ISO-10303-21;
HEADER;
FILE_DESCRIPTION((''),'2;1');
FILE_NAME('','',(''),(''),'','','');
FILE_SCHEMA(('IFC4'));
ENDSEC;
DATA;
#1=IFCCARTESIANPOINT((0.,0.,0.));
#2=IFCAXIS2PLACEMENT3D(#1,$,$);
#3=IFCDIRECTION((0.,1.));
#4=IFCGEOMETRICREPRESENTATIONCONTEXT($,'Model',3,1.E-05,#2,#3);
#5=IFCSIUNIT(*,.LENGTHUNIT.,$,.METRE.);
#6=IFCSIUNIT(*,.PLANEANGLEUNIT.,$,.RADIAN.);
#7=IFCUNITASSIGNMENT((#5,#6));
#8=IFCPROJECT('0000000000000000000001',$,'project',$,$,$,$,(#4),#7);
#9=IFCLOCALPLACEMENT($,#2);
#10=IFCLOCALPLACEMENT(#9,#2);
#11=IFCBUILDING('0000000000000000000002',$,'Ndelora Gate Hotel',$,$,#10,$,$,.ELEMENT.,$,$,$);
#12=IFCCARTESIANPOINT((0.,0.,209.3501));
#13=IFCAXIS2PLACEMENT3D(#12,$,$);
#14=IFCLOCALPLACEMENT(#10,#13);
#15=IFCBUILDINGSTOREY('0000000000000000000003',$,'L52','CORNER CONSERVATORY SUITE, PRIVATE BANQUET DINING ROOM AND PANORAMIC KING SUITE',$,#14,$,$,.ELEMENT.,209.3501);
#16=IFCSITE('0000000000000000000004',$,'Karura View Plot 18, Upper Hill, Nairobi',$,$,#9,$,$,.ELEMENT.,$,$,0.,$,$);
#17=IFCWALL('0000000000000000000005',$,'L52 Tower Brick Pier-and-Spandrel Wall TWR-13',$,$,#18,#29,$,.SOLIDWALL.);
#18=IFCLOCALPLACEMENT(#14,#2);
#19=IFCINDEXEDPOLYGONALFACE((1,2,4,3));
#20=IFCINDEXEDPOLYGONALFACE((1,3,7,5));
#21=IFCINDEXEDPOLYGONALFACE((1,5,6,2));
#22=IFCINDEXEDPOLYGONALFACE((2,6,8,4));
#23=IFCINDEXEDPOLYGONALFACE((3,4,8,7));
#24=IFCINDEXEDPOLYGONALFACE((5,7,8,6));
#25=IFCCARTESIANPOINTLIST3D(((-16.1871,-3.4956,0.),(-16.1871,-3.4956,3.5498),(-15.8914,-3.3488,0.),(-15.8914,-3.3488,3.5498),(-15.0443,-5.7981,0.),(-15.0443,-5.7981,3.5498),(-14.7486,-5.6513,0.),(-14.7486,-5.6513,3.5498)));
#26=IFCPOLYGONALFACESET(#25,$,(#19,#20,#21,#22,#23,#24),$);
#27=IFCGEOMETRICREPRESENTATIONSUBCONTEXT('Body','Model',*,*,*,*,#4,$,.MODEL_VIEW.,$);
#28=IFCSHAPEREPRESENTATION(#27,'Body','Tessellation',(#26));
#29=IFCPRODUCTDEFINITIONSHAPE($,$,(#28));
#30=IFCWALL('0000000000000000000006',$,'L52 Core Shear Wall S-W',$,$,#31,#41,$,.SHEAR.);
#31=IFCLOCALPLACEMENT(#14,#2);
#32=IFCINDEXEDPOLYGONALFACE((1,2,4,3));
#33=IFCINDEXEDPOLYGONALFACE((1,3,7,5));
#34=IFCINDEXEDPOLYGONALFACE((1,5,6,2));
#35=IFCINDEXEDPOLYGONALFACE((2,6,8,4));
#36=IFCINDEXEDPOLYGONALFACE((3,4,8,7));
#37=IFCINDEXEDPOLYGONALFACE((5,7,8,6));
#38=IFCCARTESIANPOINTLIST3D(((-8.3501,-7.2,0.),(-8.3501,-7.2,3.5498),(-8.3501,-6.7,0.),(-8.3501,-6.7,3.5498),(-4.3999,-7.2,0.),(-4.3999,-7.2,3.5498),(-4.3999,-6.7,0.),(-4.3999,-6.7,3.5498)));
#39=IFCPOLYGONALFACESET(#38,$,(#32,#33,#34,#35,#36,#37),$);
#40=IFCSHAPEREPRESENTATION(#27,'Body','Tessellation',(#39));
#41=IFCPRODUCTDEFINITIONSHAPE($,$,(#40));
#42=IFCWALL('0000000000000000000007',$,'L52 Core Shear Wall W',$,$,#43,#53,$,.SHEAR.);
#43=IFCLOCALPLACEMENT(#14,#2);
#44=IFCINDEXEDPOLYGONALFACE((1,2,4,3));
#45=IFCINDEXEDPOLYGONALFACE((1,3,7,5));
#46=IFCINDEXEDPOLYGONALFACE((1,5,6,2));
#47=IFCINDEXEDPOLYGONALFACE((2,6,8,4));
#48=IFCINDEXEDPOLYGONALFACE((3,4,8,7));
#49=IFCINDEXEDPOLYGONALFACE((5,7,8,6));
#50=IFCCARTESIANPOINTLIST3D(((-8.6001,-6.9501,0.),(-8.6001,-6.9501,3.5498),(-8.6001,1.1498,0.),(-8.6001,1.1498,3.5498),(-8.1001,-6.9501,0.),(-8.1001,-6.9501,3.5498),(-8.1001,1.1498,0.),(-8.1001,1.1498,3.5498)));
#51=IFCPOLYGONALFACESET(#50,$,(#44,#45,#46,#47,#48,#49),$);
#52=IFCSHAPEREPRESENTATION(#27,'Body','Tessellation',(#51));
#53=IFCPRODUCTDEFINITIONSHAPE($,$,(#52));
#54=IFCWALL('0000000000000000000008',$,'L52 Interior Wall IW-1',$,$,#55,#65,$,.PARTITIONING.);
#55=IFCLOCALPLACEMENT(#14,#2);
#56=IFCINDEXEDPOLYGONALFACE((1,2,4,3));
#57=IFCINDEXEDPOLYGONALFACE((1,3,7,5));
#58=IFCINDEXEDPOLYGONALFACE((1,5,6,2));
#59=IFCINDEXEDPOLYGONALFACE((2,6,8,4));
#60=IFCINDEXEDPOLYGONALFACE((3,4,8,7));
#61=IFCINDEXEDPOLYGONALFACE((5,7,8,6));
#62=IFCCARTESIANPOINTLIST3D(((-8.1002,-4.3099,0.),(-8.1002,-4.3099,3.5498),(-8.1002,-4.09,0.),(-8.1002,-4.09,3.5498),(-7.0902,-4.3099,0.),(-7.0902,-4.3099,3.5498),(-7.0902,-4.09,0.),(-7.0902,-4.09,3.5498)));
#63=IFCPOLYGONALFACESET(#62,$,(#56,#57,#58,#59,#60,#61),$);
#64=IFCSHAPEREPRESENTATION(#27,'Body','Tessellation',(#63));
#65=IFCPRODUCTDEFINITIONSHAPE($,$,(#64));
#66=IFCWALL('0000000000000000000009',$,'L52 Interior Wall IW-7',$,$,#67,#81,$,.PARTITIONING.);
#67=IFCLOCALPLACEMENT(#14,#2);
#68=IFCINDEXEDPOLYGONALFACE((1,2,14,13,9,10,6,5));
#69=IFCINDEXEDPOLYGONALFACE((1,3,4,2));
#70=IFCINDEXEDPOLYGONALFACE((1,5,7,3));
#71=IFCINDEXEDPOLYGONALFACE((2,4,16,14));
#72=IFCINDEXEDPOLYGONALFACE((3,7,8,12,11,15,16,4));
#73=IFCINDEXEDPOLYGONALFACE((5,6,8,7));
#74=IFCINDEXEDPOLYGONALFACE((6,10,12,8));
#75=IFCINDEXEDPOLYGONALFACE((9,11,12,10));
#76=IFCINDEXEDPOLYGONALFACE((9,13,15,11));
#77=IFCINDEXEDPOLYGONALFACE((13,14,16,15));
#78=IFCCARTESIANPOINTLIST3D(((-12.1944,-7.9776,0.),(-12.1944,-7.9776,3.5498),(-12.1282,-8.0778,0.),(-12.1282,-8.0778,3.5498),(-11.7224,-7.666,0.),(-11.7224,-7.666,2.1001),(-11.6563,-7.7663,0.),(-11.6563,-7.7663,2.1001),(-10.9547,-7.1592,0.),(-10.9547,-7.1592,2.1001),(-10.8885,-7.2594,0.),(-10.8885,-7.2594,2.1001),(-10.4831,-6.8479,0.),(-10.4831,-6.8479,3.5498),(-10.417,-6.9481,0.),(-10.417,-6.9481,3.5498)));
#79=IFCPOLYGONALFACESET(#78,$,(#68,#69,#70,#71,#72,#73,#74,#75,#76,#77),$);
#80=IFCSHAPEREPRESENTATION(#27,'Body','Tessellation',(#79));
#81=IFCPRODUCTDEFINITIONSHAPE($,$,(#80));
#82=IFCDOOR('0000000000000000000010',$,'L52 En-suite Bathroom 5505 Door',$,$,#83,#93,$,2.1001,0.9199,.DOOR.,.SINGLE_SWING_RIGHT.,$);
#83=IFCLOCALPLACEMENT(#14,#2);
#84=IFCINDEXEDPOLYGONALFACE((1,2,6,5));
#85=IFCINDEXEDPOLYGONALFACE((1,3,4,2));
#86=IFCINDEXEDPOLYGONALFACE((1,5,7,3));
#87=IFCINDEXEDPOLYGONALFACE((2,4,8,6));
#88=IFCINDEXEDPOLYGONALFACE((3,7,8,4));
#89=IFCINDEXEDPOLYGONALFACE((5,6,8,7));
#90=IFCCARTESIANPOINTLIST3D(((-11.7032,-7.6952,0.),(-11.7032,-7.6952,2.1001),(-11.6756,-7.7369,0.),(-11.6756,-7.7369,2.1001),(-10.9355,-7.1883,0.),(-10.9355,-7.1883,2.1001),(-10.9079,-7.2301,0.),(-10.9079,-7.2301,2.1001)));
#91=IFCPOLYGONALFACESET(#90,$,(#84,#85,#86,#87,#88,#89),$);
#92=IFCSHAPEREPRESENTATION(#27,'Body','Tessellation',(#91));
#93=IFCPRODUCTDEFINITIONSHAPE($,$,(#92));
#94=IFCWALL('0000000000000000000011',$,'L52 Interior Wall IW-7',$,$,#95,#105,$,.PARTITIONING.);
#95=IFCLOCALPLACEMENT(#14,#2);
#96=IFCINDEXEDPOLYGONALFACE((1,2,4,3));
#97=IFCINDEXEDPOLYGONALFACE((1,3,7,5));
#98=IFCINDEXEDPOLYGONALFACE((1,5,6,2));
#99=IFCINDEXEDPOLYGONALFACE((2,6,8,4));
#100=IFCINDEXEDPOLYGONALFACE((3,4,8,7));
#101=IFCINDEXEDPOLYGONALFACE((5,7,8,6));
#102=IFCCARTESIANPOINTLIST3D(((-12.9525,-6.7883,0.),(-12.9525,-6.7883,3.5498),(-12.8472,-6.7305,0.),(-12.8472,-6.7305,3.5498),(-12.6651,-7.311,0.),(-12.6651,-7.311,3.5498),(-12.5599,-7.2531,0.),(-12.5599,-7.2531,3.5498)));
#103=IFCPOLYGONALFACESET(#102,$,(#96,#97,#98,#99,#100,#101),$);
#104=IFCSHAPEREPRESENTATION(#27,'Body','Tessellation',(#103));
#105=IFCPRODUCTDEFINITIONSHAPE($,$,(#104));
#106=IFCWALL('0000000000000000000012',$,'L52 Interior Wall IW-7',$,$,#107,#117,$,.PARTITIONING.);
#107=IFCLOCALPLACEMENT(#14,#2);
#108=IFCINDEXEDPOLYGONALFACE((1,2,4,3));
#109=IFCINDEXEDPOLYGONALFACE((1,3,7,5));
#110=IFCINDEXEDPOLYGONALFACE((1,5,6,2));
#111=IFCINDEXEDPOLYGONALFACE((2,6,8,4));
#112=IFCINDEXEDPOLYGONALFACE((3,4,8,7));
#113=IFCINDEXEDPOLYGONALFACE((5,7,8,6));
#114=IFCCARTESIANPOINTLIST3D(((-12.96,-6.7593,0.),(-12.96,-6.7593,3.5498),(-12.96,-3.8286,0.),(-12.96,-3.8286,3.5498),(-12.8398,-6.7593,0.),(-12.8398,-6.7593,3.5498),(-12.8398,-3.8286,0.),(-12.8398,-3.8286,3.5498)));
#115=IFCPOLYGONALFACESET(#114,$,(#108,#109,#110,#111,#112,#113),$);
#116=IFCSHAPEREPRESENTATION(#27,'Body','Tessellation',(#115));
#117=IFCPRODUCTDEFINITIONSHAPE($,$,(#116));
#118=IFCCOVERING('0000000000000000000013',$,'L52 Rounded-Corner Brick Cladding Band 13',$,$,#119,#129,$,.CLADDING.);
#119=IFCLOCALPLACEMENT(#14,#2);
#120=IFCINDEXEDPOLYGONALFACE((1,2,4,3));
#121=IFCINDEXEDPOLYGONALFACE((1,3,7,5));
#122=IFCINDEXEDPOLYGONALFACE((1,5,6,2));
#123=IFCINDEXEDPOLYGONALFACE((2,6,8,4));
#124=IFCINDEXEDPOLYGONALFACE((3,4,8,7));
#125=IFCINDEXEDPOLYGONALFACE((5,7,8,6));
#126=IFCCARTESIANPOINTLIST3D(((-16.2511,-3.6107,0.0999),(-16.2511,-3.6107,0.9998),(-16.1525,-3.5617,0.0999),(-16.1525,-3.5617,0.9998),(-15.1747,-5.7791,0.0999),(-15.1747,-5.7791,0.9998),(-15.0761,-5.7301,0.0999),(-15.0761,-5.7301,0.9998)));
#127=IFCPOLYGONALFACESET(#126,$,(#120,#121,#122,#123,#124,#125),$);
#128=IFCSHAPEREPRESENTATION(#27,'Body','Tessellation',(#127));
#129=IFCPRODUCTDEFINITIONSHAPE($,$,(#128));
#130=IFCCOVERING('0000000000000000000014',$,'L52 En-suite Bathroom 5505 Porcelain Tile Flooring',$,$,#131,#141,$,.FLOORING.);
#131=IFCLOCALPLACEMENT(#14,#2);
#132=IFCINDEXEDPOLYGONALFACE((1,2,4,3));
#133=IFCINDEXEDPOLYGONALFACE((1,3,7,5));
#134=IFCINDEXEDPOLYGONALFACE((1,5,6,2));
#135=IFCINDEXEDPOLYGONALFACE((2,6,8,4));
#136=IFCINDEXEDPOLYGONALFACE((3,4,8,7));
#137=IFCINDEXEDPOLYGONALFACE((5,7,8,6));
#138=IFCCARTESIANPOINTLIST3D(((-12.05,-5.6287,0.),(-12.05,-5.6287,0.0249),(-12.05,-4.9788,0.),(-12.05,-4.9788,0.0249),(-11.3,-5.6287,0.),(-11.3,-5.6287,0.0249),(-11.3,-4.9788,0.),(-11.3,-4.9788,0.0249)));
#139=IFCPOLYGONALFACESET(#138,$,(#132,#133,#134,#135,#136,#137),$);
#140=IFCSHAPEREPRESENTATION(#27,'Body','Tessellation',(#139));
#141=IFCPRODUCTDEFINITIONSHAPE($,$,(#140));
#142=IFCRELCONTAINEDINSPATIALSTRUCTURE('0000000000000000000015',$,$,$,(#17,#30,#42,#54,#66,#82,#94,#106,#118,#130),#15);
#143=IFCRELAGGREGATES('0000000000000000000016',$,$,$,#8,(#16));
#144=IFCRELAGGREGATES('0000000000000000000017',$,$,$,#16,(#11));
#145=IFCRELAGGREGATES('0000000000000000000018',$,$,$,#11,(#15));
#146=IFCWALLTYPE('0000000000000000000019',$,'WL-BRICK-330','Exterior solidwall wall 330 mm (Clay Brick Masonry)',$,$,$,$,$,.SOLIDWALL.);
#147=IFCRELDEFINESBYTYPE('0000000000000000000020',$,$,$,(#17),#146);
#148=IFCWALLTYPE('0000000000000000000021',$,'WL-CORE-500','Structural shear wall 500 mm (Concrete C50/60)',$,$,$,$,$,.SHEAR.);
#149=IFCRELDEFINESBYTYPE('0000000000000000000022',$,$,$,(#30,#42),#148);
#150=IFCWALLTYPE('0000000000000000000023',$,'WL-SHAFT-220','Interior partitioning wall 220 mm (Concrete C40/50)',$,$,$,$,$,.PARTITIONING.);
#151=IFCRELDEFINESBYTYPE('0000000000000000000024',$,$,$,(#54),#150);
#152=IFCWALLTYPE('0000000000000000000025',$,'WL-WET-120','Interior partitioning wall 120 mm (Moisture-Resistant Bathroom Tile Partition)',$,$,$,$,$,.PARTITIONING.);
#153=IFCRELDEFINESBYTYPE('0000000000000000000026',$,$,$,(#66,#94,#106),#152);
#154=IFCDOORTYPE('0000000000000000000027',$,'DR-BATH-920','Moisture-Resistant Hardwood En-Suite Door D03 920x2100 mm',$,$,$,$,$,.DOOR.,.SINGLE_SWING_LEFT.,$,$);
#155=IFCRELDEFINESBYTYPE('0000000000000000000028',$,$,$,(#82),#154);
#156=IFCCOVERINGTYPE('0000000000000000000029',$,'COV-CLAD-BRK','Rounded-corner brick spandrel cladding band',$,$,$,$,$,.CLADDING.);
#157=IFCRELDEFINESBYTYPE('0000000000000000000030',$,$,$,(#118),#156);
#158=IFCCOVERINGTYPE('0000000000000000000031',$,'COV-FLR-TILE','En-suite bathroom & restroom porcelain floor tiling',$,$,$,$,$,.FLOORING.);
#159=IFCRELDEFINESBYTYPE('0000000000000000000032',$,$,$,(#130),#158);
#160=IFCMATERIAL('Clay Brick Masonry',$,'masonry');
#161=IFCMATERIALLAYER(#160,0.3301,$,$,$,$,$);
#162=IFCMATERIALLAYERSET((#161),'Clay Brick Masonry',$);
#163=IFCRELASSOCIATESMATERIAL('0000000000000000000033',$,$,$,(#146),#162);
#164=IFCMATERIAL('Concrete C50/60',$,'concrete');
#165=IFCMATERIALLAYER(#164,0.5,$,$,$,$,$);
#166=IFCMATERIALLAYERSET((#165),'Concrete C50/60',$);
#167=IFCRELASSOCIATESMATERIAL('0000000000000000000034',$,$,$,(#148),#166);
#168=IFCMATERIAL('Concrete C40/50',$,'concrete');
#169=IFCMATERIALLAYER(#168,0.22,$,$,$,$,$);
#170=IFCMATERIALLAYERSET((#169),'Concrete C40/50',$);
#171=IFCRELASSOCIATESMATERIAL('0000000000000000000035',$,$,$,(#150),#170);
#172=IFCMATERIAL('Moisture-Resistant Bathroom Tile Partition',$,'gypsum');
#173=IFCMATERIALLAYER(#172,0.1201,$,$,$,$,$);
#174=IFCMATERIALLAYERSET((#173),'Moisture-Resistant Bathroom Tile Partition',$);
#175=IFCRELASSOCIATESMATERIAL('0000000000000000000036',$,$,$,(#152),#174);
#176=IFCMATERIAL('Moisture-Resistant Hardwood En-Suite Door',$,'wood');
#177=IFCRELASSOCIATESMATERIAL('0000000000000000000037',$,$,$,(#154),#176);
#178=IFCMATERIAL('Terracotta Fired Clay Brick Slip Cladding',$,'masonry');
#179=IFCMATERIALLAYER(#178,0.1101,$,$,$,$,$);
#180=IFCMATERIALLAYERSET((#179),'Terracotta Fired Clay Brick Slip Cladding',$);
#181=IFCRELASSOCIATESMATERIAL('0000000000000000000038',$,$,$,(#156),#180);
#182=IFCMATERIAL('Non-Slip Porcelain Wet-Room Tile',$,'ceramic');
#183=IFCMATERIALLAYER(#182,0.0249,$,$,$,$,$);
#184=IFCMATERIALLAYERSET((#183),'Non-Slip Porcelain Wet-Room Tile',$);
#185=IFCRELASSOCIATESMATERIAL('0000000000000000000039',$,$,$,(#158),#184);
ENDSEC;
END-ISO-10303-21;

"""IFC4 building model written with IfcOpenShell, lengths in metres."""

from ifc_helpers import new_model, si_unit, direction, frame, frame_2d, origin, origin_2d, place, context, subcontext, project, spatial, rectangle, extrude, material, layer, layer_set, type_object, element, fill, save


model = new_model("IFC4")

# Units and contexts
model_context = context("Model", 3, precision=1e-05, world=origin(), true_north=direction((0.0, 1.0)))
body_context = subcontext(model_context, "Body", "Model", "MODEL_VIEW")
ifc_project = project(units=[si_unit("LENGTHUNIT", "METRE"), si_unit("PLANEANGLEUNIT", "RADIAN")], contexts=[model_context])

# Site, building, storey
site_placement = place(None, origin())
site = spatial("IfcSite", under=ifc_project, at=site_placement, Name="Karura View Plot 18, Upper Hill, Nairobi", CompositionType="ELEMENT", RefElevation=0.0)
building_placement = place(site_placement, origin())
building = spatial("IfcBuilding", under=site, at=building_placement, Name="Ndelora Gate Hotel", CompositionType="ELEMENT")
storey_placement = place(building_placement, frame((0.0, 0.0, 209.3501)))
storey = spatial("IfcBuildingStorey", under=building, at=storey_placement, Name="L52", Description="CORNER CONSERVATORY SUITE, PRIVATE BANQUET DINING ROOM AND PANORAMIC KING SUITE", CompositionType="ELEMENT", Elevation=209.3501)

# Shared definitions
ifc_material_1 = material(Name="Concrete C50/60", Category="concrete")

# Shared definitions
ifc_material_2 = material(Name="Clay Brick Masonry", Category="masonry")
ifc_layer_1 = layer(ifc_material_2, 0.3301)
ifc_layer_set_1 = layer_set([ifc_layer_1], Name="Clay Brick Masonry")
wall_type_1 = type_object("IfcWallType", Name="WL-BRICK-330", Description="Exterior solidwall wall 330 mm (Clay Brick Masonry)", PredefinedType="SOLIDWALL", material=ifc_layer_set_1)

# Walls
wall_1_placement = place(storey_placement, frame((-14.8965, -5.7246, 0.0), z_axis=(0.0, 0.0, 1.0), x_axis=(-0.44459, 0.895734, 0.0)))
element("IfcWall", 1, at=wall_1_placement, inside=storey, type_object=wall_type_1, Name="L52 Tower Brick Pier-and-Spandrel Wall TWR-13", PredefinedType="SOLIDWALL", context=body_context, shape_type="SweptSolid", body=[
    extrude(rectangle(XDim=2.5706, YDim=0.3301, at=frame_2d((1.2852, 0.0))), origin(), (0.0, 0.0, 1.0), 3.5498),
])
ifc_layer_2 = layer(ifc_material_1, 0.5)
ifc_layer_set_2 = layer_set([ifc_layer_2], Name="Concrete C50/60")
wall_type_2 = type_object("IfcWallType", Name="WL-CORE-500", Description="Structural shear wall 500 mm (Concrete C50/60)", PredefinedType="SHEAR", material=ifc_layer_set_2)
wall_2_placement = place(storey_placement, frame((-8.3501, -6.95, 0.0), z_axis=(0.0, 0.0, 1.0), x_axis=(1.0, 0.0, 0.0)))
element("IfcWall", 2, at=wall_2_placement, inside=storey, type_object=wall_type_2, Name="L52 Core Shear Wall S-W", PredefinedType="SHEAR", context=body_context, shape_type="SweptSolid", body=[
    extrude(rectangle(XDim=3.9502, YDim=0.5, at=frame_2d((1.9751, 0.0))), origin(), (0.0, 0.0, 1.0), 3.5498),
])
wall_3_placement = place(storey_placement, frame((-8.3501, -6.95, 0.0), z_axis=(0.0, 0.0, 1.0), x_axis=(0.0, 1.0, 0.0)))
element("IfcWall", 3, at=wall_3_placement, inside=storey, type_object=wall_type_2, Name="L52 Core Shear Wall W", PredefinedType="SHEAR", context=body_context, shape_type="SweptSolid", body=[
    extrude(rectangle(XDim=8.0999, YDim=0.5, at=frame_2d((4.0498, 0.0))), origin(), (0.0, 0.0, 1.0), 3.5498),
])
ifc_material_3 = material(Name="Concrete C40/50", Category="concrete")
ifc_layer_3 = layer(ifc_material_3, 0.22)
ifc_layer_set_3 = layer_set([ifc_layer_3], Name="Concrete C40/50")
wall_type_3 = type_object("IfcWallType", Name="WL-SHAFT-220", Description="Interior partitioning wall 220 mm (Concrete C40/50)", PredefinedType="PARTITIONING", material=ifc_layer_set_3)
wall_4_placement = place(storey_placement, frame((-8.1001, -4.2, 0.0), z_axis=(0.0, 0.0, 1.0), x_axis=(1.0, 0.0, 0.0)))
element("IfcWall", 4, at=wall_4_placement, inside=storey, type_object=wall_type_3, Name="L52 Interior Wall IW-1", PredefinedType="PARTITIONING", context=body_context, shape_type="SweptSolid", body=[
    extrude(rectangle(XDim=1.01, YDim=0.22, at=frame_2d((0.5049, 0.0))), origin(), (0.0, 0.0, 1.0), 3.5498),
])

# Wall, opening, door
ifc_material_4 = material(Name="Moisture-Resistant Bathroom Tile Partition", Category="gypsum")
ifc_layer_4 = layer(ifc_material_4, 0.1201)
ifc_layer_set_4 = layer_set([ifc_layer_4], Name="Moisture-Resistant Bathroom Tile Partition")
wall_type_4 = type_object("IfcWallType", Name="WL-WET-120", Description="Interior partitioning wall 120 mm (Moisture-Resistant Bathroom Tile Partition)", PredefinedType="PARTITIONING", material=ifc_layer_set_4)
wall_5_placement = place(storey_placement, frame((-10.45, -6.8979, 0.0), z_axis=(0.0, 0.0, 1.0), x_axis=(-0.834551, -0.55093, 0.0)))
wall_5 = element("IfcWall", 5, at=wall_5_placement, inside=storey, type_object=wall_type_4, Name="L52 Interior Wall IW-7", PredefinedType="PARTITIONING", context=body_context, shape_type="SweptSolid", body=[
    extrude(rectangle(XDim=2.0505, YDim=0.1201, at=frame_2d((1.0254, 0.0))), origin(), (0.0, 0.0, 1.0), 3.5498),
])
opening_1_placement = place(wall_5_placement, frame((0.5652, 0.0, 0.0)))
opening_1 = element("IfcOpeningElement", 6, at=opening_1_placement, cuts=wall_5, PredefinedType="OPENING", context=body_context, shape_type="SweptSolid", body=[
    extrude(rectangle(XDim=0.9199, YDim=2.1001, at=frame_2d((0.46, 1.05))), frame((0.0, 0.0701, 0.0), z_axis=(0.0, -1.0, 0.0), x_axis=(1.0, 0.0, 0.0)), (0.0, 0.0, 1.0), 0.1401),
])
ifc_material_5 = material(Name="Moisture-Resistant Hardwood En-Suite Door", Category="wood")
door_type = type_object("IfcDoorType", Name="DR-BATH-920", Description="Moisture-Resistant Hardwood En-Suite Door D03 920x2100 mm", OperationType="SINGLE_SWING_LEFT", PredefinedType="DOOR", material=ifc_material_5)
door_placement = place(opening_1_placement, origin())
door = element("IfcDoor", 7, at=door_placement, inside=storey, type_object=door_type, Name="L52 En-suite Bathroom 5505 Door", OperationType="SINGLE_SWING_RIGHT", OverallHeight=2.1001, OverallWidth=0.9199, PredefinedType="DOOR", context=body_context, shape_type="SweptSolid", body=[
    extrude(rectangle(XDim=0.9199, YDim=2.1001, at=frame_2d((0.46, 1.05))), frame((0.0, 0.0249, 0.0), z_axis=(0.0, -1.0, 0.0), x_axis=(1.0, 0.0, 0.0)), (0.0, 0.0, 1.0), 0.05),
])
fill(opening_1, door)

# Walls
wall_6_placement = place(storey_placement, frame((-12.8999, -6.7593, 0.0), z_axis=(0.0, 0.0, 1.0), x_axis=(0.481746, -0.876311, 0.0)))
element("IfcWall", 8, at=wall_6_placement, inside=storey, type_object=wall_type_4, Name="L52 Interior Wall IW-7", PredefinedType="PARTITIONING", context=body_context, shape_type="SweptSolid", body=[
    extrude(rectangle(XDim=0.5964, YDim=0.1201, at=frame_2d((0.2983, 0.0))), origin(), (0.0, 0.0, 1.0), 3.5498),
])
wall_7_placement = place(storey_placement, frame((-12.8999, -3.8286, 0.0), z_axis=(0.0, 0.0, 1.0), x_axis=(0.0, -1.0, 0.0)))
element("IfcWall", 9, at=wall_7_placement, inside=storey, type_object=wall_type_4, Name="L52 Interior Wall IW-7", PredefinedType="PARTITIONING", context=body_context, shape_type="SweptSolid", body=[
    extrude(rectangle(XDim=2.9307, YDim=0.1201, at=frame_2d((1.4653, 0.0))), origin(), (0.0, 0.0, 1.0), 3.5498),
])

# Coverings
ifc_material_6 = material(Name="Terracotta Fired Clay Brick Slip Cladding", Category="masonry")
ifc_layer_5 = layer(ifc_material_6, 0.1101)
ifc_layer_set_5 = layer_set([ifc_layer_5], Name="Terracotta Fired Clay Brick Slip Cladding")
covering_type_1 = type_object("IfcCoveringType", Name="COV-CLAD-BRK", Description="Rounded-corner brick spandrel cladding band", PredefinedType="CLADDING", material=ifc_layer_set_5)
covering_1_placement = place(storey_placement, frame((-15.6636, -4.6704, 0.0999), z_axis=(0.0, 0.0, 1.0), x_axis=(-0.444635, 0.895712, 0.0)))
element("IfcCovering", 10, at=covering_1_placement, inside=storey, type_object=covering_type_1, Name="L52 Rounded-Corner Brick Cladding Band 13", PredefinedType="CLADDING", context=body_context, shape_type="SweptSolid", body=[
    extrude(rectangle(XDim=2.4209, YDim=0.1101, at=origin_2d()), origin(), (0.0, 0.0, 1.0), 0.8999),
])
ifc_material_7 = material(Name="Non-Slip Porcelain Wet-Room Tile", Category="ceramic")
ifc_layer_6 = layer(ifc_material_7, 0.0249)
ifc_layer_set_6 = layer_set([ifc_layer_6], Name="Non-Slip Porcelain Wet-Room Tile")
covering_type_2 = type_object("IfcCoveringType", Name="COV-FLR-TILE", Description="En-suite bathroom & restroom porcelain floor tiling", PredefinedType="FLOORING", material=ifc_layer_set_6)
covering_2_placement = place(storey_placement, frame((-11.675, -5.3037, 0.0), z_axis=(0.0, 0.0, 1.0), x_axis=(1.0, 0.0, 0.0)))
element("IfcCovering", 11, at=covering_2_placement, inside=storey, type_object=covering_type_2, Name="L52 En-suite Bathroom 5505 Porcelain Tile Flooring", PredefinedType="FLOORING", context=body_context, shape_type="SweptSolid", body=[
    extrude(rectangle(XDim=0.75, YDim=0.6499, at=origin_2d()), origin(), (0.0, 0.0, 1.0), 0.0249),
])

save(model, "model.ifc")
